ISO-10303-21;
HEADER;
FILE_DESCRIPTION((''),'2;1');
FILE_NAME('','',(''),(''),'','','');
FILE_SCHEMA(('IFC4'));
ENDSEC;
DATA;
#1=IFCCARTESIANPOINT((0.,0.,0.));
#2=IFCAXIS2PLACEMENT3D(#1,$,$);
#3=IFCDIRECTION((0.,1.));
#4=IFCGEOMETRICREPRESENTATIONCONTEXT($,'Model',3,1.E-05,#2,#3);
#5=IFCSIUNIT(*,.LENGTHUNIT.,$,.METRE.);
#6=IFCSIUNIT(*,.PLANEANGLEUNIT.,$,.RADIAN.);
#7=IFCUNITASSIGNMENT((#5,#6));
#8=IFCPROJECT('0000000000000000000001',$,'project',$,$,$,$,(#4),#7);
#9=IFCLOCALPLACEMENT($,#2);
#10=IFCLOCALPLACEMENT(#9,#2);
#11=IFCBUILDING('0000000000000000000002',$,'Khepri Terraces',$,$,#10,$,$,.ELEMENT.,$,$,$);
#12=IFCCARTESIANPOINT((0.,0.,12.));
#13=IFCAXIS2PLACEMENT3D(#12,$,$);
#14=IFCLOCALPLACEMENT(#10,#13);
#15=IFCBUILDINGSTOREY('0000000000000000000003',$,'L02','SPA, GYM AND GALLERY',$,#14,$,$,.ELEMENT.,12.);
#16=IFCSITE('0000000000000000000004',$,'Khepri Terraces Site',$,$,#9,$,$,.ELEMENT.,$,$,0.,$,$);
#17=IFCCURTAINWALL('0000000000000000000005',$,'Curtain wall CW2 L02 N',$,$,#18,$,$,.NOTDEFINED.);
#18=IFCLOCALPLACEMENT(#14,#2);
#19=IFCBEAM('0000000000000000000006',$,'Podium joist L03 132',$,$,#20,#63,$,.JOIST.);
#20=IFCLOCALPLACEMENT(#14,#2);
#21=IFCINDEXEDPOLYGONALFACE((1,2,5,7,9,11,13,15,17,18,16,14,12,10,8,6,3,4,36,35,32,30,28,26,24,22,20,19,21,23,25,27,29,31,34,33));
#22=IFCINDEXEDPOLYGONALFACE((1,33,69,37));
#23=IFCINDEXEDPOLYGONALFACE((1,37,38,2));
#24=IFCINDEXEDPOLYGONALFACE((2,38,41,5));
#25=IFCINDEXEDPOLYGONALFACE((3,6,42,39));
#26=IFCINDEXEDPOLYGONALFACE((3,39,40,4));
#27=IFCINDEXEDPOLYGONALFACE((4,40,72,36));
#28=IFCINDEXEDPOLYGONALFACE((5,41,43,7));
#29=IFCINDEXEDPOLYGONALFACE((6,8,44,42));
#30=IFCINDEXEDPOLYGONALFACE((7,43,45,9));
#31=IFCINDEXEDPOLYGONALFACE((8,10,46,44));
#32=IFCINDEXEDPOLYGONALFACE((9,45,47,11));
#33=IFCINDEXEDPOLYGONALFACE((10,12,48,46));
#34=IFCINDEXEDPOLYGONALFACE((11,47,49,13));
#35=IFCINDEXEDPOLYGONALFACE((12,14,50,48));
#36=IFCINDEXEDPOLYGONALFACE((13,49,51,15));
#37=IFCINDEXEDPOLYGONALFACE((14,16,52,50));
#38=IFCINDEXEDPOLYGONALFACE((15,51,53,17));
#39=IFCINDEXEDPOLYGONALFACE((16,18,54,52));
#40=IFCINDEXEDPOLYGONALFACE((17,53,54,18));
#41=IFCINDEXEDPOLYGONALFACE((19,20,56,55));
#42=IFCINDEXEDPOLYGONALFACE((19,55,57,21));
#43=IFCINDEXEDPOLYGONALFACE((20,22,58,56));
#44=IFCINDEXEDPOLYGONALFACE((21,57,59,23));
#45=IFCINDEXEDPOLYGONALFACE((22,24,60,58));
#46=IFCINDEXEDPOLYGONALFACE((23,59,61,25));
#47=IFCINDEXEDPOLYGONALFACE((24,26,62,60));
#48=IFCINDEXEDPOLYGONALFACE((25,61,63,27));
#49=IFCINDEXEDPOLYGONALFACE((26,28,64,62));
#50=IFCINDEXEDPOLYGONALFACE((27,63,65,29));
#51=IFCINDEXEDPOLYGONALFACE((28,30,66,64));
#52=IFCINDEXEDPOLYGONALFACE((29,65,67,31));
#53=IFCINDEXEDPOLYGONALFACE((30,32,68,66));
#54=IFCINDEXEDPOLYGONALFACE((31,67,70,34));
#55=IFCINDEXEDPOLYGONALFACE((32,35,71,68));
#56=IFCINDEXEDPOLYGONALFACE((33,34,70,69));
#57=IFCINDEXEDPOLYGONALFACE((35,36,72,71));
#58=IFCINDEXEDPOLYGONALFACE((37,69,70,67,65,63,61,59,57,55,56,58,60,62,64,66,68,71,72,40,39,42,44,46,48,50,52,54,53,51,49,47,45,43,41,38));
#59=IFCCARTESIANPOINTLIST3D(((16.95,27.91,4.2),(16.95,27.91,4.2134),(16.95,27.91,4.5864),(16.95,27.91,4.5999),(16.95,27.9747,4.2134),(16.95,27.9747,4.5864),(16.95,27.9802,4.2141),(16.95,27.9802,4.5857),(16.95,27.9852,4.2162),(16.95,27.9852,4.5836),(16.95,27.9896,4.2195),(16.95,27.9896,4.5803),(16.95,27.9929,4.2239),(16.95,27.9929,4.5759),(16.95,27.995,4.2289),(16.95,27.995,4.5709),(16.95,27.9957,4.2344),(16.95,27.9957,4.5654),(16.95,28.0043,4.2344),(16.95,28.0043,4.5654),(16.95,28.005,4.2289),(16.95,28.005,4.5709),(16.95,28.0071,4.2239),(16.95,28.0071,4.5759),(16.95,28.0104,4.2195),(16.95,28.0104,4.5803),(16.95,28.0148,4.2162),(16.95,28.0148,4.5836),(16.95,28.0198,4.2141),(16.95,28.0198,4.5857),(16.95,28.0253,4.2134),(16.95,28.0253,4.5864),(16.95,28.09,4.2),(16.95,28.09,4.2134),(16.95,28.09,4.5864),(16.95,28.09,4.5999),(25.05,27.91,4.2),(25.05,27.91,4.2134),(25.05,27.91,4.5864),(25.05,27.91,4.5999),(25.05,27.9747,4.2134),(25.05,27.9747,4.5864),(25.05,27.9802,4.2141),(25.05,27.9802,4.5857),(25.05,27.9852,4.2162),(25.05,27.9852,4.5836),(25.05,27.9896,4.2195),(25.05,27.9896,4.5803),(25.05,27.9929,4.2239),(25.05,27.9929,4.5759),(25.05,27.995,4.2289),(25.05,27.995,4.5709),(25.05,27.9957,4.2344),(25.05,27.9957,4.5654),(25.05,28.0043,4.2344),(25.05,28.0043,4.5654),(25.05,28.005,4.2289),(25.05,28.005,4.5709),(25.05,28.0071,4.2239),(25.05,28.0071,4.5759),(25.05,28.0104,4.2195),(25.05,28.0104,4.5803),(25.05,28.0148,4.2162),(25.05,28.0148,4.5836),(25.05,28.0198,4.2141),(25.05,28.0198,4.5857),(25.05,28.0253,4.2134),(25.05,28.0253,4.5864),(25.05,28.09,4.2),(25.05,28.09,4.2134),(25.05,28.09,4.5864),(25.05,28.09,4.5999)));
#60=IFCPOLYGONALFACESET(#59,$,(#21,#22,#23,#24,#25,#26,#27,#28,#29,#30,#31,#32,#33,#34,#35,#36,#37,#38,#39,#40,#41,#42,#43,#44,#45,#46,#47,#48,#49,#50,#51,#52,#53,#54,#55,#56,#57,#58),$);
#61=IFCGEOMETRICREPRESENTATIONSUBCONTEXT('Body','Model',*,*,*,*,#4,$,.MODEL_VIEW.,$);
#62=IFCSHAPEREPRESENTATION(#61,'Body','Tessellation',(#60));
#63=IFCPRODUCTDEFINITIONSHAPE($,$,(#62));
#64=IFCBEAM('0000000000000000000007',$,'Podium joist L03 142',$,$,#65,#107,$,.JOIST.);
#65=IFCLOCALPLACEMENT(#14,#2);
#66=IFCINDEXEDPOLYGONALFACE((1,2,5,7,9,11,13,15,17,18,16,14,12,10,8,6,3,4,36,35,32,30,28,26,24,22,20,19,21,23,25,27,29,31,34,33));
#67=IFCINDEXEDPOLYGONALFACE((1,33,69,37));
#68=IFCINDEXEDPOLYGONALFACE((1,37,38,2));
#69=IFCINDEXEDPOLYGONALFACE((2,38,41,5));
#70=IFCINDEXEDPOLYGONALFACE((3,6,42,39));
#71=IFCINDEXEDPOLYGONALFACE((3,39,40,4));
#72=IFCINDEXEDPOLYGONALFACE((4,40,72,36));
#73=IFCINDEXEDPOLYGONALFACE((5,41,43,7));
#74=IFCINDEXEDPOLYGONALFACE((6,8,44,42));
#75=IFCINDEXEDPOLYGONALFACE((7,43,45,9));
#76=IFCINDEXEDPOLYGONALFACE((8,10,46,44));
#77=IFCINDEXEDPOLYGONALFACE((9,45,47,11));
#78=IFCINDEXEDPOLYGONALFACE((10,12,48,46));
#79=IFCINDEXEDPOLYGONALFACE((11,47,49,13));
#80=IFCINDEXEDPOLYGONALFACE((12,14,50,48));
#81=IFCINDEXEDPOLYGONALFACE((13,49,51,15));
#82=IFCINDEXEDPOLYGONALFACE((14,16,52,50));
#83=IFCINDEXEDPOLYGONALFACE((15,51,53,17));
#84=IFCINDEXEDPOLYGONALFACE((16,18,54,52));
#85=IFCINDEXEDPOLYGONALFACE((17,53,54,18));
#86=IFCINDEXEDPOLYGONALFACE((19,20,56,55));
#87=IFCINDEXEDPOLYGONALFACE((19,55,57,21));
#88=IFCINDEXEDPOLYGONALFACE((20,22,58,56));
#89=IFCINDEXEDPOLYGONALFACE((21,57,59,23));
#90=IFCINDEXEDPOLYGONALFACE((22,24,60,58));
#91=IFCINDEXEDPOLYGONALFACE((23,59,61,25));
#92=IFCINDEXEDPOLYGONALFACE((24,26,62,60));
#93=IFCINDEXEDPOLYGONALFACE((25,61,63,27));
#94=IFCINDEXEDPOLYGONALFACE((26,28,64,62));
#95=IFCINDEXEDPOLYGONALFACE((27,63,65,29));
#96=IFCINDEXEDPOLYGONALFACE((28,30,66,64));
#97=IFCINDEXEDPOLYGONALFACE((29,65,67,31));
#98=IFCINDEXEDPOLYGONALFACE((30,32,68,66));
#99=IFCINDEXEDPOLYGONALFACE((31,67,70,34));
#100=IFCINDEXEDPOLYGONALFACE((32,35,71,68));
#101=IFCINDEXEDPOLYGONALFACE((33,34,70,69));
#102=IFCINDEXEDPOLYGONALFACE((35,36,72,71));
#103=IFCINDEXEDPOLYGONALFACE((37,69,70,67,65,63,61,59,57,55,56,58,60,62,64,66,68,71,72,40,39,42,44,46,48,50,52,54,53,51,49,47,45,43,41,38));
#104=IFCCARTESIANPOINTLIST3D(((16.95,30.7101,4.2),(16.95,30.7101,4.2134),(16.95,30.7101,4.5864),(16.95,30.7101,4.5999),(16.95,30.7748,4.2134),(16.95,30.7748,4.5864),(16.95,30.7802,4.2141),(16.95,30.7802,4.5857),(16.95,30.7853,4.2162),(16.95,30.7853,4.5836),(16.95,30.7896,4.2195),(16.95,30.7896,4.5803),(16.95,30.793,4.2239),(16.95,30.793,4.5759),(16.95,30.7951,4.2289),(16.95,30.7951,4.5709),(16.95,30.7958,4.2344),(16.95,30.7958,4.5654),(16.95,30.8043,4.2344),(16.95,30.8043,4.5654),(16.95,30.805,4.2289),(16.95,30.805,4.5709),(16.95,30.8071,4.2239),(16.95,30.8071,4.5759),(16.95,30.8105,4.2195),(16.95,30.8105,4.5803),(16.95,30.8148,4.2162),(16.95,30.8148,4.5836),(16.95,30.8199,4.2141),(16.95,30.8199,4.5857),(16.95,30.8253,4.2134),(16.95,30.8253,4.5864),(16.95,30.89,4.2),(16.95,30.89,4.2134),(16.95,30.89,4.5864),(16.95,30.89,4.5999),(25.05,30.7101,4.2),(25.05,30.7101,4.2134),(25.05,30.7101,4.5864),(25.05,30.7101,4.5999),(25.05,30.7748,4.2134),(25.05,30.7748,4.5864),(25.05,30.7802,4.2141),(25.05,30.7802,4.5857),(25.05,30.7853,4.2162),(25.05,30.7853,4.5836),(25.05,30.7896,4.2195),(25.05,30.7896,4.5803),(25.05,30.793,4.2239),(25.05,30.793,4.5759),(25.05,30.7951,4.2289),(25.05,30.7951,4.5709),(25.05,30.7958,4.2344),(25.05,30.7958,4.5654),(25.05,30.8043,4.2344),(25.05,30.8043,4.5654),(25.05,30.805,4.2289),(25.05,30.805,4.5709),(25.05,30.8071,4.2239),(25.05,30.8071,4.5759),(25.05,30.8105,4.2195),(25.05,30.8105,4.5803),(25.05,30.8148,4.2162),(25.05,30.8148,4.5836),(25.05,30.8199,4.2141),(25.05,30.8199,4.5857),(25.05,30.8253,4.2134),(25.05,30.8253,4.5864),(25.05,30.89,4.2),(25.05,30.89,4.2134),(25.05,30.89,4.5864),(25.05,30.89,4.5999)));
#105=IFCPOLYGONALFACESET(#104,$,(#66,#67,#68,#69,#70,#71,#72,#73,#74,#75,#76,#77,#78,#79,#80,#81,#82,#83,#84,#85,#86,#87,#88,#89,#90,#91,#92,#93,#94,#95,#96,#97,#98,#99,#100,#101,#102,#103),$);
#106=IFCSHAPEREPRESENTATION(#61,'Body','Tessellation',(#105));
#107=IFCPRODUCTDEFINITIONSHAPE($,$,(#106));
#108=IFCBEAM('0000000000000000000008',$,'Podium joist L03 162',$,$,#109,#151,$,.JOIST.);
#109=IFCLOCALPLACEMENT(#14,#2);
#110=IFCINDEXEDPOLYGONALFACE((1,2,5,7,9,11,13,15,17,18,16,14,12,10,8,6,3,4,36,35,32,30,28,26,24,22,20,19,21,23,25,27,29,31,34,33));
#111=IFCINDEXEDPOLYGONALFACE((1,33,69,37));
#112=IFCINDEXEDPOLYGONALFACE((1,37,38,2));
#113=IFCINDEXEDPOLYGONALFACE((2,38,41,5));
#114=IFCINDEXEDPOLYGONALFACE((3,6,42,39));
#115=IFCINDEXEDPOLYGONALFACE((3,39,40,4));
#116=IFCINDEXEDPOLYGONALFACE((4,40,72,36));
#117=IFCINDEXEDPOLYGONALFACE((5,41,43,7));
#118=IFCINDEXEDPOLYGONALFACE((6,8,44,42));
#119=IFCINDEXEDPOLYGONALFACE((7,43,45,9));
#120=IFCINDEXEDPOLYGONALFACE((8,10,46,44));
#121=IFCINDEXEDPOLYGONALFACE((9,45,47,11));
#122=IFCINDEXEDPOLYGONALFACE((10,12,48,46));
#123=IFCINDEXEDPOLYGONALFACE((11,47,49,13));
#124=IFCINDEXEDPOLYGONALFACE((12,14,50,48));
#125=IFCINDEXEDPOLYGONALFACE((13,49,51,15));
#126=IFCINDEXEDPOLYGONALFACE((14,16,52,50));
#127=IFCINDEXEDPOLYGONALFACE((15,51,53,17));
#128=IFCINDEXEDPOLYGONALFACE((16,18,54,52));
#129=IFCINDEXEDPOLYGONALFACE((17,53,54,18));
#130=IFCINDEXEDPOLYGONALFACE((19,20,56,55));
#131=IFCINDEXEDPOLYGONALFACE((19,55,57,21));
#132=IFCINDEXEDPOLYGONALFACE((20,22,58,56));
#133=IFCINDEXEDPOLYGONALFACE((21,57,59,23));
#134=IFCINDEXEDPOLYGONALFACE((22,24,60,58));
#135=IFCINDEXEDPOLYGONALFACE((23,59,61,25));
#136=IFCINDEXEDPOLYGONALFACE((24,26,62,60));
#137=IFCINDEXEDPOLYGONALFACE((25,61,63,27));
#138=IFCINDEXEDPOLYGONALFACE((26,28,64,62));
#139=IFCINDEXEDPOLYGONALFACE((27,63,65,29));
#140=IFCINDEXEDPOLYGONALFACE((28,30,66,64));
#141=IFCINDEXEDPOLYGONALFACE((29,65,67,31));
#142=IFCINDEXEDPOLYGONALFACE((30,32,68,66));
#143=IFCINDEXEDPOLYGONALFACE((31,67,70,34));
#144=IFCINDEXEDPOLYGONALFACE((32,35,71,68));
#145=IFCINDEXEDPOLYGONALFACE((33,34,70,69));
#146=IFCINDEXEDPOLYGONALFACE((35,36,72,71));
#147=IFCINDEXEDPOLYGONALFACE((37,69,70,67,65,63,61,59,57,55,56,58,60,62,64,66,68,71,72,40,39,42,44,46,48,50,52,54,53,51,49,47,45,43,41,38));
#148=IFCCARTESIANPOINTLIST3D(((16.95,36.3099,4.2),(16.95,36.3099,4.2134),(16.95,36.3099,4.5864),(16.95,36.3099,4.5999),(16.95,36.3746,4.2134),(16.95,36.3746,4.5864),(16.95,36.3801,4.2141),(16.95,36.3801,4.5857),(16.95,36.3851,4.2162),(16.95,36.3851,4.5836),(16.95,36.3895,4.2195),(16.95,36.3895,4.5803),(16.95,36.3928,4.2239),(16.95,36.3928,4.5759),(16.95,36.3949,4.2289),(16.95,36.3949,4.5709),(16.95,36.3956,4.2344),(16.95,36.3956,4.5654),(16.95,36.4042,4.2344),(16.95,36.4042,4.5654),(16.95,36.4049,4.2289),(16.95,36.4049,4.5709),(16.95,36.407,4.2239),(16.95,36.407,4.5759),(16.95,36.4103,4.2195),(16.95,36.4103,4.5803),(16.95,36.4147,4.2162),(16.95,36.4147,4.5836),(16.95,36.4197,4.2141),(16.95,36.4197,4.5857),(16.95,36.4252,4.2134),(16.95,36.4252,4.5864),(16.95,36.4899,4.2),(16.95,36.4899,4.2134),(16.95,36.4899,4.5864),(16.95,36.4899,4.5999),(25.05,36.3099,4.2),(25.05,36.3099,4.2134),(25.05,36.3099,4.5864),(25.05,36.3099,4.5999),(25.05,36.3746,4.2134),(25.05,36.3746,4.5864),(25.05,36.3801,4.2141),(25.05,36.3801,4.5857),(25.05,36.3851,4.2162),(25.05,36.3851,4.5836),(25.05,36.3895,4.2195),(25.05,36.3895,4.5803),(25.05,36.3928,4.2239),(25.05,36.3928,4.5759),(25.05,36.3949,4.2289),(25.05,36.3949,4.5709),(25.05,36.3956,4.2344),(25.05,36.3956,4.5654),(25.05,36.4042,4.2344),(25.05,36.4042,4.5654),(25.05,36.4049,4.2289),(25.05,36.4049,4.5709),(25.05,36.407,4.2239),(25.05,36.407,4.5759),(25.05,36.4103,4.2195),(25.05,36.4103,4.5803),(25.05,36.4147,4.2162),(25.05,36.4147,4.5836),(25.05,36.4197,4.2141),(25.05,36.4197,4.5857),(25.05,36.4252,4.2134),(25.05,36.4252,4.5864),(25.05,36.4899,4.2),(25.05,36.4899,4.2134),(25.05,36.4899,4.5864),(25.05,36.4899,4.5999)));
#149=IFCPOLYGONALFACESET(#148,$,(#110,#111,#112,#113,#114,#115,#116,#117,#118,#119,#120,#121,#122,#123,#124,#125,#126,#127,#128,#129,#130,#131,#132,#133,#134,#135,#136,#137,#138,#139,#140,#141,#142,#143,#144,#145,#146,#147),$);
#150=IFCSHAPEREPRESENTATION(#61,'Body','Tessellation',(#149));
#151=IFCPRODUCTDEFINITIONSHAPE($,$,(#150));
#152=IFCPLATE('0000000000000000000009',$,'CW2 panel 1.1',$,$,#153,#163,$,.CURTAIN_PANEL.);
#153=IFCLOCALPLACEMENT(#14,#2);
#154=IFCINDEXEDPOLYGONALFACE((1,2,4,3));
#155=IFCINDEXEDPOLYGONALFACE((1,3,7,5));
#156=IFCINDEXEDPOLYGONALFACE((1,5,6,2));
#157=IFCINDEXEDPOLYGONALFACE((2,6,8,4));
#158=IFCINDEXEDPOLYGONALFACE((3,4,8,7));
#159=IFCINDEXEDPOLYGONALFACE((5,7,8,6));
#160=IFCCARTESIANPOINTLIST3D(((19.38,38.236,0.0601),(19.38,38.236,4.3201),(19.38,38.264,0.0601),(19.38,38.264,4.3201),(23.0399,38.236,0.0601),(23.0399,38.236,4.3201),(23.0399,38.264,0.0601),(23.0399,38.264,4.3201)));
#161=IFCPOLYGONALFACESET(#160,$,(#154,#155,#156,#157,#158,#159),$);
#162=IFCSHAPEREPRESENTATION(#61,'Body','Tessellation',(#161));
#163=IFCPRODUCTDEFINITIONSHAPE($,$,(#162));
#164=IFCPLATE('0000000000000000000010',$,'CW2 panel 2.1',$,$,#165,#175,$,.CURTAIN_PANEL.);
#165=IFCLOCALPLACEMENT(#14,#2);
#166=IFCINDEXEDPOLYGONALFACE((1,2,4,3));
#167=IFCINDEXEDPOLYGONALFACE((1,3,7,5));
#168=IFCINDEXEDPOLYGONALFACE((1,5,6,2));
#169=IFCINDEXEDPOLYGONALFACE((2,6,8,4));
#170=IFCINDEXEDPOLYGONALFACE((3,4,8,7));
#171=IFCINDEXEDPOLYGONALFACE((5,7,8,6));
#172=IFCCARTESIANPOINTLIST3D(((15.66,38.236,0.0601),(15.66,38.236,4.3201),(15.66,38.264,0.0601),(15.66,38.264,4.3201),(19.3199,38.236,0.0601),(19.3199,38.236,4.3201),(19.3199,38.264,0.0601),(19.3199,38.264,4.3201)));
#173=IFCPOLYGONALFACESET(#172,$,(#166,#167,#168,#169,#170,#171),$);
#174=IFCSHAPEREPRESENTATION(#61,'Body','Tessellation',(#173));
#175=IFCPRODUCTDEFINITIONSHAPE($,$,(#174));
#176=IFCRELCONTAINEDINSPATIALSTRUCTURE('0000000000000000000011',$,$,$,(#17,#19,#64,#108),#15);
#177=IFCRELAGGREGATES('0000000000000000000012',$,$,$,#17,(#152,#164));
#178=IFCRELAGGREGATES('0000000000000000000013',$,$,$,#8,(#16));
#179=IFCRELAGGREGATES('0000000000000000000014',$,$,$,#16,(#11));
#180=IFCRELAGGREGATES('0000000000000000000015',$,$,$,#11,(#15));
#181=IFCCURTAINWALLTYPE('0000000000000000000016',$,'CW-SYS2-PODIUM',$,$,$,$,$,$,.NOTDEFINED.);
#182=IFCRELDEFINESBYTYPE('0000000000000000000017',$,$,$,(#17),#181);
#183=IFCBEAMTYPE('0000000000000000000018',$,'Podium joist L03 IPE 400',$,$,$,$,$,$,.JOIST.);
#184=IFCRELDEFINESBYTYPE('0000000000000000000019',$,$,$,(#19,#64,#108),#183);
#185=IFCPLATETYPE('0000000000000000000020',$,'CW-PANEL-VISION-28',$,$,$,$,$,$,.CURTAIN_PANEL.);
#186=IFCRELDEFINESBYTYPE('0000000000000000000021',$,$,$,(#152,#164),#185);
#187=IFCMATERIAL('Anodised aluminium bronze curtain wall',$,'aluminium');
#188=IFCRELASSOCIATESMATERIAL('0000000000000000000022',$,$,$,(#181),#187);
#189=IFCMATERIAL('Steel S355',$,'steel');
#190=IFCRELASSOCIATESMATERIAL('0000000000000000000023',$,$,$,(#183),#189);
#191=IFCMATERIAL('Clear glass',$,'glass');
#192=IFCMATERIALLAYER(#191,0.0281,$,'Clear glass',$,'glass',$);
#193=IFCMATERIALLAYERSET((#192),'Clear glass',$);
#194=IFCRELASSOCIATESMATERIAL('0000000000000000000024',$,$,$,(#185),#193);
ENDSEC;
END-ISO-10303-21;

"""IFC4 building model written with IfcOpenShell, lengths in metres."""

from ifc_helpers import new_model, si_unit, direction, frame, origin, origin_2d, place, context, subcontext, project, spatial, rectangle, i_section, extrude, material, layer, layer_set, material_profile, profile_set, type_object, element, aggregate, save


model = new_model("IFC4")

# Units and contexts
model_context = context("Model", 3, precision=1e-05, world=origin(), true_north=direction((0.0, 1.0)))
body_context = subcontext(model_context, "Body", "Model", "MODEL_VIEW")
ifc_project = project(units=[si_unit("LENGTHUNIT", "METRE"), si_unit("PLANEANGLEUNIT", "RADIAN")], contexts=[model_context])

# Site, building, storey
site_placement = place(None, origin())
site = spatial("IfcSite", under=ifc_project, at=site_placement, Name="Khepri Terraces Site", CompositionType="ELEMENT", RefElevation=0.0)
building_placement = place(site_placement, origin())
building = spatial("IfcBuilding", under=site, at=building_placement, Name="Khepri Terraces", CompositionType="ELEMENT")
storey_placement = place(building_placement, frame((0.0, 0.0, 12.0)))
storey = spatial("IfcBuildingStorey", under=building, at=storey_placement, Name="L02", Description="SPA, GYM AND GALLERY", CompositionType="ELEMENT", Elevation=12.0)

# Curtain wall
ifc_material_1 = material(Name="Anodised aluminium bronze curtain wall", Category="aluminium")
curtain_wall_type = type_object("IfcCurtainWallType", Name="CW-SYS2-PODIUM", PredefinedType="NOTDEFINED", material=ifc_material_1)
curtain_wall_placement = place(storey_placement, origin())
curtain_wall = element("IfcCurtainWall", 1, at=curtain_wall_placement, inside=storey, type_object=curtain_wall_type, Name="Curtain wall CW2 L02 N", PredefinedType="NOTDEFINED")

# Beams
ifc_material_2 = material(Name="Steel S355", Category="steel")
ifc_material_profile_1 = material_profile(ifc_material_2, i_section(OverallWidth=0.1799, OverallDepth=0.3999, WebThickness=0.0085, FlangeThickness=0.0134, FilletRadius=0.021, at=origin_2d()), Name="Steel S355", Category="steel")
ifc_profile_set_1 = profile_set([ifc_material_profile_1], Name="Steel S355")
beam_type_1 = type_object("IfcBeamType", Name="Podium joist L03 IPE 400", PredefinedType="JOIST", material=ifc_profile_set_1)
for number, where, z_axis, x_axis, name in (
    (2, (16.95, 28.0, 4.3999), (1.0, 0.0, 0.0), (0.0, 1.0, 0.0), "Podium joist L03 132"),
    (3, (16.95, 30.8, 4.3999), (1.0, 0.0, 0.0), (0.0, 1.0, 0.0), "Podium joist L03 142"),
    (4, (16.95, 36.3999, 4.3999), (1.0, 0.0, 0.0), (0.0, 1.0, 0.0), "Podium joist L03 162"),
):
    element("IfcBeam", number, at=place(storey_placement, frame(where, z_axis=z_axis, x_axis=x_axis)), inside=storey, type_object=beam_type_1, Name=name, PredefinedType="JOIST", context=body_context, shape_type="SweptSolid", body=[
        extrude(i_section(OverallWidth=0.1799, OverallDepth=0.3999, WebThickness=0.0085, FlangeThickness=0.0134, FilletRadius=0.021, at=origin_2d()), origin(), (0.0, 0.0, 1.0), 8.1001),
    ])

# Plates
ifc_material_3 = material(Name="Clear glass", Category="glass")
ifc_layer_1 = layer(ifc_material_3, 0.0281, Name="Clear glass", Category="glass")
ifc_layer_set_1 = layer_set([ifc_layer_1], Name="Clear glass")
plate_type = type_object("IfcPlateType", Name="CW-PANEL-VISION-28", PredefinedType="CURTAIN_PANEL", material=ifc_layer_set_1)
plate_1_placement = place(storey_placement, frame((21.21, 38.25, 0.0601), z_axis=(0.0, 0.0, 1.0), x_axis=(-1.0, 0.0, 0.0)))
plate_1 = element("IfcPlate", 5, at=plate_1_placement, type_object=plate_type, Name="CW2 panel 1.1", PredefinedType="CURTAIN_PANEL", context=body_context, shape_type="SweptSolid", body=[
    extrude(rectangle(XDim=3.6599, YDim=0.0281, at=origin_2d()), origin(), (0.0, 0.0, 1.0), 4.26),
])
plate_2_placement = place(storey_placement, frame((17.49, 38.25, 0.0601), z_axis=(0.0, 0.0, 1.0), x_axis=(-1.0, 0.0, 0.0)))
plate_2 = element("IfcPlate", 6, at=plate_2_placement, type_object=plate_type, Name="CW2 panel 2.1", PredefinedType="CURTAIN_PANEL", context=body_context, shape_type="SweptSolid", body=[
    extrude(rectangle(XDim=3.6599, YDim=0.0281, at=origin_2d()), origin(), (0.0, 0.0, 1.0), 4.26),
])
aggregate(curtain_wall, [plate_1, plate_2])

save(model, "model.ifc")
